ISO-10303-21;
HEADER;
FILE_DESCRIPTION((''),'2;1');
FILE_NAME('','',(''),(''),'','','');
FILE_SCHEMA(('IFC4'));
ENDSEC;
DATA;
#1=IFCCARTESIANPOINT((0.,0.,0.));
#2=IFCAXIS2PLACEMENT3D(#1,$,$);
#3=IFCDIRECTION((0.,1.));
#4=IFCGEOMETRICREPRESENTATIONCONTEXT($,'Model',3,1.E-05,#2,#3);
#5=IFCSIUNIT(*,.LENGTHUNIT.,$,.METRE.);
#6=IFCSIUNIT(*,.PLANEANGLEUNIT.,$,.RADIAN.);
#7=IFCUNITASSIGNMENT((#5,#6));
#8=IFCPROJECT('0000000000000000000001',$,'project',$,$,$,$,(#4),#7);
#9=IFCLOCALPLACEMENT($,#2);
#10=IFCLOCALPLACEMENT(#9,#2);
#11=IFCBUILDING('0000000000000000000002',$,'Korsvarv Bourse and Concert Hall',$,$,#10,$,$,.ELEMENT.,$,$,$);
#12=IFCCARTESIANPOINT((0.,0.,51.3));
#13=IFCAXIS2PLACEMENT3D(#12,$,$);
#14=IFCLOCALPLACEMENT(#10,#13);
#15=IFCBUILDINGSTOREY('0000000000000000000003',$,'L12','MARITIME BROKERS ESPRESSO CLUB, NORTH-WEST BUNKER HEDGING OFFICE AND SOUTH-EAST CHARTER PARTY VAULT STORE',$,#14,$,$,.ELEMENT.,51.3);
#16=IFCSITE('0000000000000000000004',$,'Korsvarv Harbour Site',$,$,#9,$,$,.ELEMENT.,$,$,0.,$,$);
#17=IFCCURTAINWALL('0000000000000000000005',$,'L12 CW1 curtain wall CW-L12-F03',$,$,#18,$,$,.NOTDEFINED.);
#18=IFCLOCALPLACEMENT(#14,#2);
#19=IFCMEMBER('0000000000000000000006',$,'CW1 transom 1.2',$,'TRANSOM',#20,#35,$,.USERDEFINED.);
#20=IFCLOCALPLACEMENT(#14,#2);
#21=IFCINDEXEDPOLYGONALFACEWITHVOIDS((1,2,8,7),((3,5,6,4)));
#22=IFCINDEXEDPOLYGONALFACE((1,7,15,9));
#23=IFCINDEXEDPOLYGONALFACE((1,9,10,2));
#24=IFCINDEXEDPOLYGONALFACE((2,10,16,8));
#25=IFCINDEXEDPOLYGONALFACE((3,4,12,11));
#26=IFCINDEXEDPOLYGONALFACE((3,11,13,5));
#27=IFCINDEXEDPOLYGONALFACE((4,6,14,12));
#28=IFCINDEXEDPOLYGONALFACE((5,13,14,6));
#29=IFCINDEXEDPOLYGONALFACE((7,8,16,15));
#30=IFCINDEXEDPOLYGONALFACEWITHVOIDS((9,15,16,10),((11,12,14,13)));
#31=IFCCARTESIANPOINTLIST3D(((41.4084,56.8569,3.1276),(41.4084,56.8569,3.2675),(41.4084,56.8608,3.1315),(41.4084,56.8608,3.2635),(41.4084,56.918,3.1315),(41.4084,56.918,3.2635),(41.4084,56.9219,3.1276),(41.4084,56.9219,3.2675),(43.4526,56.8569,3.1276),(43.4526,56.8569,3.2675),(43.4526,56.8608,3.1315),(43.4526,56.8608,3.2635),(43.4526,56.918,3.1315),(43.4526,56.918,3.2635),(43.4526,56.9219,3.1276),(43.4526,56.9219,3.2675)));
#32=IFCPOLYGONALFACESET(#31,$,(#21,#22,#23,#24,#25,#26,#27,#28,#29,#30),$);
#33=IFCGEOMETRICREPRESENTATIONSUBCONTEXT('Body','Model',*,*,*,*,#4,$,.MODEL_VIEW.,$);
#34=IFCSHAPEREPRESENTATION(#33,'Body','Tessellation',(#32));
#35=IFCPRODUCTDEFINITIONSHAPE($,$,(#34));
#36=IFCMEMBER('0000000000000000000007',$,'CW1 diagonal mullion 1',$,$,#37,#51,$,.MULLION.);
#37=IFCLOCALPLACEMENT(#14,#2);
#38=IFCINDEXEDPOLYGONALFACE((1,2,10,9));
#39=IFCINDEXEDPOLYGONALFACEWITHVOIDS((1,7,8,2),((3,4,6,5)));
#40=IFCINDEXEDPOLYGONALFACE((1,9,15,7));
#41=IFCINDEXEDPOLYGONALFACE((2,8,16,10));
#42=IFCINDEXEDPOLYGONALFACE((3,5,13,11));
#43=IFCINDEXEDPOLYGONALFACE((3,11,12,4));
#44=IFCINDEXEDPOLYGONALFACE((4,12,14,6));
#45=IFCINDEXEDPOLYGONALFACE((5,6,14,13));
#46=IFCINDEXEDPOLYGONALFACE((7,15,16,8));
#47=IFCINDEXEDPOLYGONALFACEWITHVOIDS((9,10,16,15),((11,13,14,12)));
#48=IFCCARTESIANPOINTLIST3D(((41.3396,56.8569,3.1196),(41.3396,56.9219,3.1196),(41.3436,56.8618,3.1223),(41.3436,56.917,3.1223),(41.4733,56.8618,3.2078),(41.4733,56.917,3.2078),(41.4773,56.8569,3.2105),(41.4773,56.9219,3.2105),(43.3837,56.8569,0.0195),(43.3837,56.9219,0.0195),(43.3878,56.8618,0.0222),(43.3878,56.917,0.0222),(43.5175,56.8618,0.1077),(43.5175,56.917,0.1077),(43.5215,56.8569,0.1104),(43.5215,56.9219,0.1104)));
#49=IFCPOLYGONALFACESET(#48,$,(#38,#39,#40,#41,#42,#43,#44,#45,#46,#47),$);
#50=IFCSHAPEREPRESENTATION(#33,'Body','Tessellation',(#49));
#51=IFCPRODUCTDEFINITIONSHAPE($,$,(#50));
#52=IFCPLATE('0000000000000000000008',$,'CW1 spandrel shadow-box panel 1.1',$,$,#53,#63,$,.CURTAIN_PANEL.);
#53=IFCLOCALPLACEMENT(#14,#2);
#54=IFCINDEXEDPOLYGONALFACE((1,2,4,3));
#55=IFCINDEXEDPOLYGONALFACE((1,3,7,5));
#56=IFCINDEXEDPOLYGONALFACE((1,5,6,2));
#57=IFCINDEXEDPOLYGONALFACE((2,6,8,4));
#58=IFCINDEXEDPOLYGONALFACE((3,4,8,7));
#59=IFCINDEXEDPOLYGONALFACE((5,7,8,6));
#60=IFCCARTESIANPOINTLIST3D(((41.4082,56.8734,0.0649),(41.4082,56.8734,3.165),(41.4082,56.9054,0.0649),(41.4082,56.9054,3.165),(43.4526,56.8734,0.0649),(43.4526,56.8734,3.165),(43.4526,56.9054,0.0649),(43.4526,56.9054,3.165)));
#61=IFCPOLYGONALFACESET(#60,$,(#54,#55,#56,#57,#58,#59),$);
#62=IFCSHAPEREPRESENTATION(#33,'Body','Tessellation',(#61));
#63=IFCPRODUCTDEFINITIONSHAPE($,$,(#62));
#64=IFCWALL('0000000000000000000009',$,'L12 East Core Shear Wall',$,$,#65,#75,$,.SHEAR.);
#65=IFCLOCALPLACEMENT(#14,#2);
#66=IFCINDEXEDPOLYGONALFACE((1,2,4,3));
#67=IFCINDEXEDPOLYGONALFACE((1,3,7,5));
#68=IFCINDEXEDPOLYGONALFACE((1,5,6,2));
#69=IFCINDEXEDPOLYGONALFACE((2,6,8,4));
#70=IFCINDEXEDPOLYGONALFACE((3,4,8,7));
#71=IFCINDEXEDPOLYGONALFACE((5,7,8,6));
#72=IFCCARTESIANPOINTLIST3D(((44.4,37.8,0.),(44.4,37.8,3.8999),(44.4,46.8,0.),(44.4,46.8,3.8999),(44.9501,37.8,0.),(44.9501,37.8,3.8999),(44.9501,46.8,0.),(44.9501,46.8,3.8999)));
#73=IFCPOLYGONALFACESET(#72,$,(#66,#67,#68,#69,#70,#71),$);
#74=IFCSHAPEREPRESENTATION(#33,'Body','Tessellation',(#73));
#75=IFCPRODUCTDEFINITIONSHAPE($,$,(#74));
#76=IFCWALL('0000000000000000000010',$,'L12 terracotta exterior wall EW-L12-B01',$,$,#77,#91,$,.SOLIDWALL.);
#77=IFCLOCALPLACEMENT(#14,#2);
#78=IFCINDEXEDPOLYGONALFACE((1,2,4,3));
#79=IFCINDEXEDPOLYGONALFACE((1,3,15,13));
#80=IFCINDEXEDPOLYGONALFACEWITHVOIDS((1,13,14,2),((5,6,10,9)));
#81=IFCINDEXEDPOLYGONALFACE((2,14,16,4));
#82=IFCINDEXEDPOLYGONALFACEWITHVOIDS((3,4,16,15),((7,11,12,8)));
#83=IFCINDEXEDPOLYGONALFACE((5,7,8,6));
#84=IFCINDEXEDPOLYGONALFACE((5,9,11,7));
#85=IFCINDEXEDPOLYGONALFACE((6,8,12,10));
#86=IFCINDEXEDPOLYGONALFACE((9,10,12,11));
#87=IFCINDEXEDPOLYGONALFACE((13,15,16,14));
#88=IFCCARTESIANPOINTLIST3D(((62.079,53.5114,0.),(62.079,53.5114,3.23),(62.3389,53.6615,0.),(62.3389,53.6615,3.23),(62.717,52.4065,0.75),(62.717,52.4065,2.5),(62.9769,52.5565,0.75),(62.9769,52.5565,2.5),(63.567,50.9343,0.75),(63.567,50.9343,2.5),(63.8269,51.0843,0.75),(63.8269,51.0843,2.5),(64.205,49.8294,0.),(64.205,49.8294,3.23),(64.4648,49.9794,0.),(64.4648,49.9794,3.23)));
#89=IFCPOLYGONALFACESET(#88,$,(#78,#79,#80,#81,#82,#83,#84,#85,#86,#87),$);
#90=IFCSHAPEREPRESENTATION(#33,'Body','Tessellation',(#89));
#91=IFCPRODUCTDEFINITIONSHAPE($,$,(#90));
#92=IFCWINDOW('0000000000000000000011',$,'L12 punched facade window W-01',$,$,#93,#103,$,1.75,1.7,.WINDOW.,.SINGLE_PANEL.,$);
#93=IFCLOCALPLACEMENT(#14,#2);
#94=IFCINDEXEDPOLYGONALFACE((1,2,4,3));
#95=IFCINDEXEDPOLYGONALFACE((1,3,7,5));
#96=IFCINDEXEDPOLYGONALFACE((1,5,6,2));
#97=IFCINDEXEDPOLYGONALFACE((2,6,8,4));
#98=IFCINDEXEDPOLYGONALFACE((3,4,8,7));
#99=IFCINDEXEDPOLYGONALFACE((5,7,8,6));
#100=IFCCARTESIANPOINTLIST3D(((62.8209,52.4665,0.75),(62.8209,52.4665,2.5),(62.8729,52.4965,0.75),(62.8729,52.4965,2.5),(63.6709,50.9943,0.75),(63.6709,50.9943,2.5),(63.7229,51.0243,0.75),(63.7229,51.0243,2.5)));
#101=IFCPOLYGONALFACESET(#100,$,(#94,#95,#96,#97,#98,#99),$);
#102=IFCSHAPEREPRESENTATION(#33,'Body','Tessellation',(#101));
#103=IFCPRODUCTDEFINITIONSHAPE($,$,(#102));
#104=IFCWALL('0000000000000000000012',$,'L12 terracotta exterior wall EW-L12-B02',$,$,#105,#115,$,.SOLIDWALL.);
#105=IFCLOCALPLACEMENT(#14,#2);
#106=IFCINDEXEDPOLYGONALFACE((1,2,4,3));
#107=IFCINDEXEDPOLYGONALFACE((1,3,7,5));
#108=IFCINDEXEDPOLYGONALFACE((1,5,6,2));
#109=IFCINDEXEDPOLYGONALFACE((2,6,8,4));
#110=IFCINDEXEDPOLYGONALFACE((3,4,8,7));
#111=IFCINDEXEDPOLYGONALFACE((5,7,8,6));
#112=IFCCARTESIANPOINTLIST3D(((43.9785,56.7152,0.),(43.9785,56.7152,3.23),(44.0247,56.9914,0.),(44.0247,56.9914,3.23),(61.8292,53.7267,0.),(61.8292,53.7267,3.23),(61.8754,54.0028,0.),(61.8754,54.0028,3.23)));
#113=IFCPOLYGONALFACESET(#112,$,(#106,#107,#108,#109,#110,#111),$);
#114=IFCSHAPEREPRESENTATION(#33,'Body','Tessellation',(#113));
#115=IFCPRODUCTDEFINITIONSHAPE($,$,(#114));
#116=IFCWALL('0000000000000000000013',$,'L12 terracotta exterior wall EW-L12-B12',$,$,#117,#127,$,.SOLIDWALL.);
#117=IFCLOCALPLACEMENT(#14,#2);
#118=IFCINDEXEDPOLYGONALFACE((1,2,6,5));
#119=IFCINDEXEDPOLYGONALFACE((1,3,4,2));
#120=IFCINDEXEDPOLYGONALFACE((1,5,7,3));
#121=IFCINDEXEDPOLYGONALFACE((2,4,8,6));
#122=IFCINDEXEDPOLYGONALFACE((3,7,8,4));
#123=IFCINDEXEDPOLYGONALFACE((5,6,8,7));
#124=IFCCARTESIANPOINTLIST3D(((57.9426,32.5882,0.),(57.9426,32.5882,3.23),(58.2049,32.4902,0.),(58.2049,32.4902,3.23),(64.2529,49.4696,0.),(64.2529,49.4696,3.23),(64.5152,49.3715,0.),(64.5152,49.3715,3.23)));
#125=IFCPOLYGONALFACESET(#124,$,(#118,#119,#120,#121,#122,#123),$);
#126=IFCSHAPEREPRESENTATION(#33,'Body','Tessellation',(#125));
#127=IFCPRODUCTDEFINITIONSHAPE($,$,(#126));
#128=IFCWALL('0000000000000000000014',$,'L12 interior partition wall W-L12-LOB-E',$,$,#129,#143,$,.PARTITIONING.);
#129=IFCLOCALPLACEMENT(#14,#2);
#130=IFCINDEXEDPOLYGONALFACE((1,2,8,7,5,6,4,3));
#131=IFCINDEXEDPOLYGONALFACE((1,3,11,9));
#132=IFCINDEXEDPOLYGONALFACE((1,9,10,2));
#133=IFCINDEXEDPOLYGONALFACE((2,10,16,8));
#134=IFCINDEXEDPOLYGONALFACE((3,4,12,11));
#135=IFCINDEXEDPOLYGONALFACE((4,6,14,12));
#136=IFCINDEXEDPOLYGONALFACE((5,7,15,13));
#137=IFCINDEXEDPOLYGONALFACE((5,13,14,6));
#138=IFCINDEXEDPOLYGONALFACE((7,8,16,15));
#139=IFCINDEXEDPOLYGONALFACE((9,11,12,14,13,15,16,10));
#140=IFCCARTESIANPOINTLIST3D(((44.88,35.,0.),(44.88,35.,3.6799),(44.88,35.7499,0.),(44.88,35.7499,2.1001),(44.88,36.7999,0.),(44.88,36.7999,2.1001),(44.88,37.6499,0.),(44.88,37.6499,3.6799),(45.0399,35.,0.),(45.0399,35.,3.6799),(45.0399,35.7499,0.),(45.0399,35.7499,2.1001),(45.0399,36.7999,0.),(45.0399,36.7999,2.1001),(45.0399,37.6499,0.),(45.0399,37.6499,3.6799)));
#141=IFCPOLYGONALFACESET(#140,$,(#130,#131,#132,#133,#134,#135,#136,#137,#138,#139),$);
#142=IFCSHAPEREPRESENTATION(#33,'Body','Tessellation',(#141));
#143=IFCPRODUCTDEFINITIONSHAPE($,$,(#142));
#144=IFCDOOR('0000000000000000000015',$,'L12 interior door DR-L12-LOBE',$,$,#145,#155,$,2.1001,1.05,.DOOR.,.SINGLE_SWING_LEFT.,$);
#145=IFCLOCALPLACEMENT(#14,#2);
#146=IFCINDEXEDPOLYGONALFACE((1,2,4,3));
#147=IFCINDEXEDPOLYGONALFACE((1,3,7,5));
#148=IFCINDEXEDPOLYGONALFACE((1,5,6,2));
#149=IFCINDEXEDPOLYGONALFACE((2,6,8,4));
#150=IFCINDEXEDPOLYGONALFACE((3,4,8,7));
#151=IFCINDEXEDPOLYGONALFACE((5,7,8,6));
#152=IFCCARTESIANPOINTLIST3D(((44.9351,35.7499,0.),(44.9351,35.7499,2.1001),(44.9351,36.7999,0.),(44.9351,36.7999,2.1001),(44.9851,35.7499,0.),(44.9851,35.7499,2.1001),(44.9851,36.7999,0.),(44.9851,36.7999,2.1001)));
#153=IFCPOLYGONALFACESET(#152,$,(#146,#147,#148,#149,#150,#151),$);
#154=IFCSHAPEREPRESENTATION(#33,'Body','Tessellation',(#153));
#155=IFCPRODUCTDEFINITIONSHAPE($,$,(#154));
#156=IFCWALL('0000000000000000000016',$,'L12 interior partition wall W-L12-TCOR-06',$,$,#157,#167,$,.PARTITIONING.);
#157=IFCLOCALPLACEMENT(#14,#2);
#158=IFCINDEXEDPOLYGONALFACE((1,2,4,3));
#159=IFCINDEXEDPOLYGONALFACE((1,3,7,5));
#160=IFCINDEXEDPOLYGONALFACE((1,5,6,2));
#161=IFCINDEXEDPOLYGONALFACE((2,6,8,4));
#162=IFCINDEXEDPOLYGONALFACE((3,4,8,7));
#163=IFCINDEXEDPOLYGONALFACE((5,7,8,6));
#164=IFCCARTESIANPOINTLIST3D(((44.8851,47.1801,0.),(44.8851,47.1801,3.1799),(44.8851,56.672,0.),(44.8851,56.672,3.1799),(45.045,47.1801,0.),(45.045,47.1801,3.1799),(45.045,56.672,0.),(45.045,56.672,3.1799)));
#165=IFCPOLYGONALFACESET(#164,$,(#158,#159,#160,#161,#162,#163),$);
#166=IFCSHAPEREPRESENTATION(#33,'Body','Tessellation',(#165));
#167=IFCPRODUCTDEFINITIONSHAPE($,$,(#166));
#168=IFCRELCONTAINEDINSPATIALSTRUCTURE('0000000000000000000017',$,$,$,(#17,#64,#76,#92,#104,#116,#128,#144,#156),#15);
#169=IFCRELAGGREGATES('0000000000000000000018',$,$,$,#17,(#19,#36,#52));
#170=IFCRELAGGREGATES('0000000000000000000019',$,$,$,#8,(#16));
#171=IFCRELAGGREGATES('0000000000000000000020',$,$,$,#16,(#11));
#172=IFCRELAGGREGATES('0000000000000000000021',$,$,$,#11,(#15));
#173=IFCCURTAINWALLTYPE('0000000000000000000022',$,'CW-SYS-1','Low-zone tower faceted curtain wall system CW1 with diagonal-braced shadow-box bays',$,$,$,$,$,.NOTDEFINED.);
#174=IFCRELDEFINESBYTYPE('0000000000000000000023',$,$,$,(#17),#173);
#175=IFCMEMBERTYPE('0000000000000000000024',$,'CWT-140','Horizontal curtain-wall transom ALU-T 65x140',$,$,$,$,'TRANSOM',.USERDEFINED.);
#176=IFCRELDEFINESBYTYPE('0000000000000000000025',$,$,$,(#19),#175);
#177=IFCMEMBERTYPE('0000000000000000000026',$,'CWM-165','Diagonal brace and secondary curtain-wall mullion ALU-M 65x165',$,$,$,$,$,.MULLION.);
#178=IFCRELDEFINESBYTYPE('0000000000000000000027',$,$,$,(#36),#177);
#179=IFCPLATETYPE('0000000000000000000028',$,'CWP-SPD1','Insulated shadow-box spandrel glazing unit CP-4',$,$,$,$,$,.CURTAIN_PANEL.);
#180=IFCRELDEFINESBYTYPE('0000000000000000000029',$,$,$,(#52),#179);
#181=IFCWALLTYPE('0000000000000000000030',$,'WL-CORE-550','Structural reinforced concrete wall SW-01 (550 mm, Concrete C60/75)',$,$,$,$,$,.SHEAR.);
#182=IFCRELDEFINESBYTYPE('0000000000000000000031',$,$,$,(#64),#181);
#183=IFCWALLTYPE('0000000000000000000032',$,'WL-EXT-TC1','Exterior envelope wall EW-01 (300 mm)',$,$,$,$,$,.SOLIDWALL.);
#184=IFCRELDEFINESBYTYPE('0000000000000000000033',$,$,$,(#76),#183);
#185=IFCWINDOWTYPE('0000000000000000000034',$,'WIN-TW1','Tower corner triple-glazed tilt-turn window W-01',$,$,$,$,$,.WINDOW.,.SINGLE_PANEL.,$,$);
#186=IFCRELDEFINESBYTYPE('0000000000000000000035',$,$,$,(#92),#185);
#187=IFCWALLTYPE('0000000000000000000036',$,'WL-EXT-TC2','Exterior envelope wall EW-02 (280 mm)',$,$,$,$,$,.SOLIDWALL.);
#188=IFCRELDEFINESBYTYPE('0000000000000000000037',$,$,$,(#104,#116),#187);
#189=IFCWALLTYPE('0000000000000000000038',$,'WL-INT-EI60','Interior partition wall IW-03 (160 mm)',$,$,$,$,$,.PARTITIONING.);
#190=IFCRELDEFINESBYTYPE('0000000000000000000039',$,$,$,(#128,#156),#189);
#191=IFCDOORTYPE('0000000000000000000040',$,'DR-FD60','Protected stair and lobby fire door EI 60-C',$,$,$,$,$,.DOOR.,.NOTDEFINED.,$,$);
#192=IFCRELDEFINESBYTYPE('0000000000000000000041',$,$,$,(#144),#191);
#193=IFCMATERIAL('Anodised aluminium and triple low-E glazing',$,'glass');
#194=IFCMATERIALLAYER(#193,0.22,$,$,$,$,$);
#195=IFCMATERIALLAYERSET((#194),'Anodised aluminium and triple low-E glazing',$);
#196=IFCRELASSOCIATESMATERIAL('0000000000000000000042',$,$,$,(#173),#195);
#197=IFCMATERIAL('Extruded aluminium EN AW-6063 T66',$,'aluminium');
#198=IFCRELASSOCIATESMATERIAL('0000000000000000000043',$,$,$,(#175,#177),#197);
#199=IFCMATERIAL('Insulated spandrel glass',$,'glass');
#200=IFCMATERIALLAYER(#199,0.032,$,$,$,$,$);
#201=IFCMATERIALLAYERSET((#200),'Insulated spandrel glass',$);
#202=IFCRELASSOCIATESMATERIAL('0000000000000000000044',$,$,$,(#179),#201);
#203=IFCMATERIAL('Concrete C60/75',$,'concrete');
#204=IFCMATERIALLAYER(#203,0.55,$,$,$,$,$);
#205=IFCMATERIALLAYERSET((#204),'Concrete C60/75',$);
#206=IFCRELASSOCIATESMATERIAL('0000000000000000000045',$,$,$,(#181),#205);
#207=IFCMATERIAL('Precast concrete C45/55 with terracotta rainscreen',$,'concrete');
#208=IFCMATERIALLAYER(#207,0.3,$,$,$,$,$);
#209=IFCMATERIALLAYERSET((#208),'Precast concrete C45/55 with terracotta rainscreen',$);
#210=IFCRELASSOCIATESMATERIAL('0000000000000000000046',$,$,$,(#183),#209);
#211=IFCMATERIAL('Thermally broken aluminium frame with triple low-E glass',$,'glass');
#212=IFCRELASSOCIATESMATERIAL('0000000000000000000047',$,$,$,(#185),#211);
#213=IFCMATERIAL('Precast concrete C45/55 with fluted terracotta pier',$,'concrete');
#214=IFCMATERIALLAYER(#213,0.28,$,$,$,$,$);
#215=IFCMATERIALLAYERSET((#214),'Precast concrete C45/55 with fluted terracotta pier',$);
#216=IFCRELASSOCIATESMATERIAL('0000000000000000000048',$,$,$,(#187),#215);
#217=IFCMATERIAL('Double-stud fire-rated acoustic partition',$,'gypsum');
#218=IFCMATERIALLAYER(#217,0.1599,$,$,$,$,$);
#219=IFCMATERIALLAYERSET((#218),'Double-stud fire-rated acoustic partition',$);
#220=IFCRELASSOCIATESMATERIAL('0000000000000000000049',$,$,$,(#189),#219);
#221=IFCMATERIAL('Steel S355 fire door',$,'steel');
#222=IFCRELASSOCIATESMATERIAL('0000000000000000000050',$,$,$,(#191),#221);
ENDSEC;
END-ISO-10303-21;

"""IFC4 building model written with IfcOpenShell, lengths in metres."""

from ifc_helpers import new_model, si_unit, direction, frame, frame_2d, origin, origin_2d, place, context, subcontext, project, spatial, rectangle, hollow_rectangle, extrude, source, transform, mapped, material, layer, layer_set, material_profile, profile_set, type_object, element, fill, aggregate, save


model = new_model("IFC4")

# Units and contexts
model_context = context("Model", 3, precision=1e-05, world=origin(), true_north=direction((0.0, 1.0)))
body_context = subcontext(model_context, "Body", "Model", "MODEL_VIEW")
ifc_project = project(units=[si_unit("LENGTHUNIT", "METRE"), si_unit("PLANEANGLEUNIT", "RADIAN")], contexts=[model_context])

# Site, building, storey
site_placement = place(None, origin())
site = spatial("IfcSite", under=ifc_project, at=site_placement, Name="Korsvarv Harbour Site", CompositionType="ELEMENT", RefElevation=0.0)
building_placement = place(site_placement, origin())
building = spatial("IfcBuilding", under=site, at=building_placement, Name="Korsvarv Bourse and Concert Hall", CompositionType="ELEMENT")
storey_placement = place(building_placement, frame((0.0, 0.0, 51.3)))
storey = spatial("IfcBuildingStorey", under=building, at=storey_placement, Name="L12", Description="MARITIME BROKERS ESPRESSO CLUB, NORTH-WEST BUNKER HEDGING OFFICE AND SOUTH-EAST CHARTER PARTY VAULT STORE", CompositionType="ELEMENT", Elevation=51.3)

# Shared definitions
ifc_material_1 = material(Name="Concrete C60/75", Category="concrete")

# Curtain wall, members, plate
ifc_material_2 = material(Name="Anodised aluminium and triple low-E glazing", Category="glass")
ifc_layer_1 = layer(ifc_material_2, 0.22)
ifc_layer_set_1 = layer_set([ifc_layer_1], Name="Anodised aluminium and triple low-E glazing")
curtain_wall_type = type_object("IfcCurtainWallType", Name="CW-SYS-1", Description="Low-zone tower faceted curtain wall system CW1 with diagonal-braced shadow-box bays", PredefinedType="NOTDEFINED", material=ifc_layer_set_1)
curtain_wall_placement = place(storey_placement, origin())
curtain_wall = element("IfcCurtainWall", 1, at=curtain_wall_placement, inside=storey, type_object=curtain_wall_type, Name="L12 CW1 curtain wall CW-L12-F03", PredefinedType="NOTDEFINED")
ifc_material_3 = material(Name="Extruded aluminium EN AW-6063 T66", Category="aluminium")
ifc_material_profile_1 = material_profile(ifc_material_3, hollow_rectangle(XDim=0.0649, YDim=0.1399, WallThickness=0.0039, at=origin_2d()), Name="ALU-T 65x140")
ifc_profile_set_1 = profile_set([ifc_material_profile_1], Name="Extruded aluminium EN AW-6063 T66")
member_type_1 = type_object("IfcMemberType", Name="CWT-140", Description="Horizontal curtain-wall transom ALU-T 65x140", ElementType="TRANSOM", PredefinedType="USERDEFINED", material=ifc_profile_set_1)
shared_shape_1 = source(origin(), body_context, "Body", "SweptSolid", [
    extrude(hollow_rectangle(XDim=0.0649, YDim=0.1399, WallThickness=0.0039, at=origin_2d()), origin(), (0.0, 0.0, 1.0), 2.0442),
])
member_1_placement = place(storey_placement, frame((43.4526, 56.8894, 3.1975), z_axis=(-1.0, 0.0, 0.0), x_axis=(0.0, -1.0, 0.0)))
member_1 = element("IfcMember", 2, at=member_1_placement, type_object=member_type_1, Name="CW1 transom 1.2", ObjectType="TRANSOM", PredefinedType="USERDEFINED", context=body_context, shape_type="MappedRepresentation", body=[
    mapped(shared_shape_1, transform((0.0, 0.0, 0.0), scale=1.0)),
])
ifc_material_profile_2 = material_profile(ifc_material_3, hollow_rectangle(XDim=0.0649, YDim=0.165, WallThickness=0.0049, at=origin_2d()), Name="ALU-M 65x165")
ifc_profile_set_2 = profile_set([ifc_material_profile_2], Name="Extruded aluminium EN AW-6063 T66")
member_type_2 = type_object("IfcMemberType", Name="CWM-165", Description="Diagonal brace and secondary curtain-wall mullion ALU-M 65x165", PredefinedType="MULLION", material=ifc_profile_set_2)
shared_shape_2 = source(origin(), body_context, "Body", "SweptSolid", [
    extrude(hollow_rectangle(XDim=0.0649, YDim=0.165, WallThickness=0.0049, at=origin_2d()), origin(), (0.0, 0.0, 1.0), 3.7134),
])
member_2_placement = place(storey_placement, frame((43.4526, 56.8894, 0.0649), z_axis=(-0.55049, 0.0, 0.834841), x_axis=(0.0, -1.0, 0.0)))
member_2 = element("IfcMember", 3, at=member_2_placement, type_object=member_type_2, Name="CW1 diagonal mullion 1", PredefinedType="MULLION", context=body_context, shape_type="MappedRepresentation", body=[
    mapped(shared_shape_2, transform((0.0, 0.0, 0.0), scale=1.0)),
])
ifc_material_4 = material(Name="Insulated spandrel glass", Category="glass")
ifc_layer_2 = layer(ifc_material_4, 0.032)
ifc_layer_set_2 = layer_set([ifc_layer_2], Name="Insulated spandrel glass")
plate_type = type_object("IfcPlateType", Name="CWP-SPD1", Description="Insulated shadow-box spandrel glazing unit CP-4", PredefinedType="CURTAIN_PANEL", material=ifc_layer_set_2)
shared_shape_3 = source(origin(), body_context, "Body", "SweptSolid", [
    extrude(rectangle(XDim=2.0444, YDim=0.032, at=origin_2d()), origin(), (0.0, 0.0, 1.0), 3.1001),
])
plate_placement = place(storey_placement, frame((42.4304, 56.8894, 0.0649), z_axis=(0.0, 0.0, 1.0), x_axis=(-1.0, 0.0, 0.0)))
plate = element("IfcPlate", 4, at=plate_placement, type_object=plate_type, Name="CW1 spandrel shadow-box panel 1.1", PredefinedType="CURTAIN_PANEL", context=body_context, shape_type="MappedRepresentation", body=[
    mapped(shared_shape_3, transform((0.0, 0.0, 0.0), scale=1.0)),
])
aggregate(curtain_wall, [member_1, member_2, plate])

# Wall
ifc_layer_3 = layer(ifc_material_1, 0.55)
ifc_layer_set_3 = layer_set([ifc_layer_3], Name="Concrete C60/75")
wall_type_1 = type_object("IfcWallType", Name="WL-CORE-550", Description="Structural reinforced concrete wall SW-01 (550 mm, Concrete C60/75)", PredefinedType="SHEAR", material=ifc_layer_set_3)
wall_1_placement = place(storey_placement, frame((44.675, 37.8, 0.0), z_axis=(0.0, 0.0, 1.0), x_axis=(0.0, 1.0, 0.0)))
element("IfcWall", 5, at=wall_1_placement, inside=storey, type_object=wall_type_1, Name="L12 East Core Shear Wall", PredefinedType="SHEAR", context=body_context, shape_type="SweptSolid", body=[
    extrude(rectangle(XDim=9.0, YDim=0.55, at=frame_2d((4.5, 0.0))), origin(), (0.0, 0.0, 1.0), 3.8999),
])

# Wall, opening, window
ifc_material_5 = material(Name="Precast concrete C45/55 with terracotta rainscreen", Category="concrete")
ifc_layer_4 = layer(ifc_material_5, 0.3)
ifc_layer_set_4 = layer_set([ifc_layer_4], Name="Precast concrete C45/55 with terracotta rainscreen")
wall_type_2 = type_object("IfcWallType", Name="WL-EXT-TC1", Description="Exterior envelope wall EW-01 (300 mm)", PredefinedType="SOLIDWALL", material=ifc_layer_set_4)
wall_2_placement = place(storey_placement, frame((64.335, 49.9043, 0.0), z_axis=(0.0, 0.0, 1.0), x_axis=(-0.500017, 0.866015, 0.0)))
wall_2 = element("IfcWall", 6, at=wall_2_placement, inside=storey, type_object=wall_type_2, Name="L12 terracotta exterior wall EW-L12-B01", PredefinedType="SOLIDWALL", context=body_context, shape_type="SweptSolid", body=[
    extrude(rectangle(XDim=4.2517, YDim=0.3, at=frame_2d((2.126, 0.0))), origin(), (0.0, 0.0, 1.0), 3.23),
])
opening_1_placement = place(wall_2_placement, frame((1.2759, 0.0, 0.75)))
opening_1 = element("IfcOpeningElement", 7, at=opening_1_placement, cuts=wall_2, PredefinedType="OPENING", context=body_context, shape_type="SweptSolid", body=[
    extrude(rectangle(XDim=1.7, YDim=1.75, at=frame_2d((0.8501, 0.875))), frame((0.0, 0.1602, 0.0), z_axis=(0.0, -1.0, 0.0), x_axis=(1.0, 0.0, 0.0)), (0.0, 0.0, 1.0), 0.3201),
])
ifc_material_6 = material(Name="Thermally broken aluminium frame with triple low-E glass", Category="glass")
window_type = type_object("IfcWindowType", Name="WIN-TW1", Description="Tower corner triple-glazed tilt-turn window W-01", PartitioningType="SINGLE_PANEL", PredefinedType="WINDOW", material=ifc_material_6)
window_placement = place(opening_1_placement, origin())
window = element("IfcWindow", 8, at=window_placement, inside=storey, type_object=window_type, Name="L12 punched facade window W-01", OverallHeight=1.75, OverallWidth=1.7, PartitioningType="SINGLE_PANEL", PredefinedType="WINDOW", context=body_context, shape_type="SweptSolid", body=[
    extrude(rectangle(XDim=1.7, YDim=1.75, at=frame_2d((0.8501, 0.875))), frame((0.0, 0.03, 0.0), z_axis=(0.0, -1.0, 0.0), x_axis=(1.0, 0.0, 0.0)), (0.0, 0.0, 1.0), 0.0601),
])
fill(opening_1, window)

# Walls
ifc_material_7 = material(Name="Precast concrete C45/55 with fluted terracotta pier", Category="concrete")
ifc_layer_5 = layer(ifc_material_7, 0.28)
ifc_layer_set_5 = layer_set([ifc_layer_5], Name="Precast concrete C45/55 with fluted terracotta pier")
wall_type_3 = type_object("IfcWallType", Name="WL-EXT-TC2", Description="Exterior envelope wall EW-02 (280 mm)", PredefinedType="SOLIDWALL", material=ifc_layer_set_5)
wall_3_placement = place(storey_placement, frame((61.8523, 53.8647, 0.0), z_axis=(0.0, 0.0, 1.0), x_axis=(-0.986273, 0.165121, 0.0)))
element("IfcWall", 9, at=wall_3_placement, inside=storey, type_object=wall_type_3, Name="L12 terracotta exterior wall EW-L12-B02", PredefinedType="SOLIDWALL", context=body_context, shape_type="SweptSolid", body=[
    extrude(rectangle(XDim=18.0991, YDim=0.28, at=frame_2d((9.0496, 0.0))), origin(), (0.0, 0.0, 1.0), 3.23),
])
wall_4_placement = place(storey_placement, frame((58.0737, 32.5391, 0.0), z_axis=(0.0, 0.0, 1.0), x_axis=(0.35014, 0.936697, 0.0)))
element("IfcWall", 10, at=wall_4_placement, inside=storey, type_object=wall_type_3, Name="L12 terracotta exterior wall EW-L12-B12", PredefinedType="SOLIDWALL", context=body_context, shape_type="SweptSolid", body=[
    extrude(rectangle(XDim=18.0222, YDim=0.28, at=frame_2d((9.0112, 0.0))), origin(), (0.0, 0.0, 1.0), 3.23),
])

# Wall, opening, door
ifc_material_8 = material(Name="Double-stud fire-rated acoustic partition", Category="gypsum")
ifc_layer_6 = layer(ifc_material_8, 0.1599)
ifc_layer_set_6 = layer_set([ifc_layer_6], Name="Double-stud fire-rated acoustic partition")
wall_type_4 = type_object("IfcWallType", Name="WL-INT-EI60", Description="Interior partition wall IW-03 (160 mm)", PredefinedType="PARTITIONING", material=ifc_layer_set_6)
wall_5_placement = place(storey_placement, frame((44.96, 35.0, 0.0), z_axis=(0.0, 0.0, 1.0), x_axis=(0.0, 1.0, 0.0)))
wall_5 = element("IfcWall", 11, at=wall_5_placement, inside=storey, type_object=wall_type_4, Name="L12 interior partition wall W-L12-LOB-E", PredefinedType="PARTITIONING", context=body_context, shape_type="SweptSolid", body=[
    extrude(rectangle(XDim=2.6499, YDim=0.1599, at=frame_2d((1.325, 0.0))), origin(), (0.0, 0.0, 1.0), 3.6799),
])
opening_2_placement = place(wall_5_placement, frame((0.75, 0.0, 0.0)))
opening_2 = element("IfcOpeningElement", 12, at=opening_2_placement, cuts=wall_5, PredefinedType="OPENING", context=body_context, shape_type="SweptSolid", body=[
    extrude(rectangle(XDim=1.05, YDim=2.1001, at=frame_2d((0.5249, 1.05))), frame((0.0, 0.0898, 0.0), z_axis=(0.0, -1.0, 0.0), x_axis=(1.0, 0.0, 0.0)), (0.0, 0.0, 1.0), 0.1799),
])
ifc_material_9 = material(Name="Steel S355 fire door", Category="steel")
door_type = type_object("IfcDoorType", Name="DR-FD60", Description="Protected stair and lobby fire door EI 60-C", OperationType="NOTDEFINED", PredefinedType="DOOR", material=ifc_material_9)
door_placement = place(opening_2_placement, origin())
door = element("IfcDoor", 13, at=door_placement, inside=storey, type_object=door_type, Name="L12 interior door DR-L12-LOBE", OperationType="SINGLE_SWING_LEFT", OverallHeight=2.1001, OverallWidth=1.05, PredefinedType="DOOR", context=body_context, shape_type="SweptSolid", body=[
    extrude(rectangle(XDim=1.05, YDim=2.1001, at=frame_2d((0.5249, 1.05))), frame((0.0, 0.0249, 0.0), z_axis=(0.0, -1.0, 0.0), x_axis=(1.0, 0.0, 0.0)), (0.0, 0.0, 1.0), 0.05),
])
fill(opening_2, door)

# Wall
wall_6_placement = place(storey_placement, frame((44.9651, 47.1799, 0.0), z_axis=(0.0, 0.0, 1.0), x_axis=(0.0, 1.0, 0.0)))
element("IfcWall", 14, at=wall_6_placement, inside=storey, type_object=wall_type_4, Name="L12 interior partition wall W-L12-TCOR-06", PredefinedType="PARTITIONING", context=body_context, shape_type="SweptSolid", body=[
    extrude(rectangle(XDim=9.4919, YDim=0.1599, at=frame_2d((4.7461, 0.0))), origin(), (0.0, 0.0, 1.0), 3.1799),
])

save(model, "model.ifc")
